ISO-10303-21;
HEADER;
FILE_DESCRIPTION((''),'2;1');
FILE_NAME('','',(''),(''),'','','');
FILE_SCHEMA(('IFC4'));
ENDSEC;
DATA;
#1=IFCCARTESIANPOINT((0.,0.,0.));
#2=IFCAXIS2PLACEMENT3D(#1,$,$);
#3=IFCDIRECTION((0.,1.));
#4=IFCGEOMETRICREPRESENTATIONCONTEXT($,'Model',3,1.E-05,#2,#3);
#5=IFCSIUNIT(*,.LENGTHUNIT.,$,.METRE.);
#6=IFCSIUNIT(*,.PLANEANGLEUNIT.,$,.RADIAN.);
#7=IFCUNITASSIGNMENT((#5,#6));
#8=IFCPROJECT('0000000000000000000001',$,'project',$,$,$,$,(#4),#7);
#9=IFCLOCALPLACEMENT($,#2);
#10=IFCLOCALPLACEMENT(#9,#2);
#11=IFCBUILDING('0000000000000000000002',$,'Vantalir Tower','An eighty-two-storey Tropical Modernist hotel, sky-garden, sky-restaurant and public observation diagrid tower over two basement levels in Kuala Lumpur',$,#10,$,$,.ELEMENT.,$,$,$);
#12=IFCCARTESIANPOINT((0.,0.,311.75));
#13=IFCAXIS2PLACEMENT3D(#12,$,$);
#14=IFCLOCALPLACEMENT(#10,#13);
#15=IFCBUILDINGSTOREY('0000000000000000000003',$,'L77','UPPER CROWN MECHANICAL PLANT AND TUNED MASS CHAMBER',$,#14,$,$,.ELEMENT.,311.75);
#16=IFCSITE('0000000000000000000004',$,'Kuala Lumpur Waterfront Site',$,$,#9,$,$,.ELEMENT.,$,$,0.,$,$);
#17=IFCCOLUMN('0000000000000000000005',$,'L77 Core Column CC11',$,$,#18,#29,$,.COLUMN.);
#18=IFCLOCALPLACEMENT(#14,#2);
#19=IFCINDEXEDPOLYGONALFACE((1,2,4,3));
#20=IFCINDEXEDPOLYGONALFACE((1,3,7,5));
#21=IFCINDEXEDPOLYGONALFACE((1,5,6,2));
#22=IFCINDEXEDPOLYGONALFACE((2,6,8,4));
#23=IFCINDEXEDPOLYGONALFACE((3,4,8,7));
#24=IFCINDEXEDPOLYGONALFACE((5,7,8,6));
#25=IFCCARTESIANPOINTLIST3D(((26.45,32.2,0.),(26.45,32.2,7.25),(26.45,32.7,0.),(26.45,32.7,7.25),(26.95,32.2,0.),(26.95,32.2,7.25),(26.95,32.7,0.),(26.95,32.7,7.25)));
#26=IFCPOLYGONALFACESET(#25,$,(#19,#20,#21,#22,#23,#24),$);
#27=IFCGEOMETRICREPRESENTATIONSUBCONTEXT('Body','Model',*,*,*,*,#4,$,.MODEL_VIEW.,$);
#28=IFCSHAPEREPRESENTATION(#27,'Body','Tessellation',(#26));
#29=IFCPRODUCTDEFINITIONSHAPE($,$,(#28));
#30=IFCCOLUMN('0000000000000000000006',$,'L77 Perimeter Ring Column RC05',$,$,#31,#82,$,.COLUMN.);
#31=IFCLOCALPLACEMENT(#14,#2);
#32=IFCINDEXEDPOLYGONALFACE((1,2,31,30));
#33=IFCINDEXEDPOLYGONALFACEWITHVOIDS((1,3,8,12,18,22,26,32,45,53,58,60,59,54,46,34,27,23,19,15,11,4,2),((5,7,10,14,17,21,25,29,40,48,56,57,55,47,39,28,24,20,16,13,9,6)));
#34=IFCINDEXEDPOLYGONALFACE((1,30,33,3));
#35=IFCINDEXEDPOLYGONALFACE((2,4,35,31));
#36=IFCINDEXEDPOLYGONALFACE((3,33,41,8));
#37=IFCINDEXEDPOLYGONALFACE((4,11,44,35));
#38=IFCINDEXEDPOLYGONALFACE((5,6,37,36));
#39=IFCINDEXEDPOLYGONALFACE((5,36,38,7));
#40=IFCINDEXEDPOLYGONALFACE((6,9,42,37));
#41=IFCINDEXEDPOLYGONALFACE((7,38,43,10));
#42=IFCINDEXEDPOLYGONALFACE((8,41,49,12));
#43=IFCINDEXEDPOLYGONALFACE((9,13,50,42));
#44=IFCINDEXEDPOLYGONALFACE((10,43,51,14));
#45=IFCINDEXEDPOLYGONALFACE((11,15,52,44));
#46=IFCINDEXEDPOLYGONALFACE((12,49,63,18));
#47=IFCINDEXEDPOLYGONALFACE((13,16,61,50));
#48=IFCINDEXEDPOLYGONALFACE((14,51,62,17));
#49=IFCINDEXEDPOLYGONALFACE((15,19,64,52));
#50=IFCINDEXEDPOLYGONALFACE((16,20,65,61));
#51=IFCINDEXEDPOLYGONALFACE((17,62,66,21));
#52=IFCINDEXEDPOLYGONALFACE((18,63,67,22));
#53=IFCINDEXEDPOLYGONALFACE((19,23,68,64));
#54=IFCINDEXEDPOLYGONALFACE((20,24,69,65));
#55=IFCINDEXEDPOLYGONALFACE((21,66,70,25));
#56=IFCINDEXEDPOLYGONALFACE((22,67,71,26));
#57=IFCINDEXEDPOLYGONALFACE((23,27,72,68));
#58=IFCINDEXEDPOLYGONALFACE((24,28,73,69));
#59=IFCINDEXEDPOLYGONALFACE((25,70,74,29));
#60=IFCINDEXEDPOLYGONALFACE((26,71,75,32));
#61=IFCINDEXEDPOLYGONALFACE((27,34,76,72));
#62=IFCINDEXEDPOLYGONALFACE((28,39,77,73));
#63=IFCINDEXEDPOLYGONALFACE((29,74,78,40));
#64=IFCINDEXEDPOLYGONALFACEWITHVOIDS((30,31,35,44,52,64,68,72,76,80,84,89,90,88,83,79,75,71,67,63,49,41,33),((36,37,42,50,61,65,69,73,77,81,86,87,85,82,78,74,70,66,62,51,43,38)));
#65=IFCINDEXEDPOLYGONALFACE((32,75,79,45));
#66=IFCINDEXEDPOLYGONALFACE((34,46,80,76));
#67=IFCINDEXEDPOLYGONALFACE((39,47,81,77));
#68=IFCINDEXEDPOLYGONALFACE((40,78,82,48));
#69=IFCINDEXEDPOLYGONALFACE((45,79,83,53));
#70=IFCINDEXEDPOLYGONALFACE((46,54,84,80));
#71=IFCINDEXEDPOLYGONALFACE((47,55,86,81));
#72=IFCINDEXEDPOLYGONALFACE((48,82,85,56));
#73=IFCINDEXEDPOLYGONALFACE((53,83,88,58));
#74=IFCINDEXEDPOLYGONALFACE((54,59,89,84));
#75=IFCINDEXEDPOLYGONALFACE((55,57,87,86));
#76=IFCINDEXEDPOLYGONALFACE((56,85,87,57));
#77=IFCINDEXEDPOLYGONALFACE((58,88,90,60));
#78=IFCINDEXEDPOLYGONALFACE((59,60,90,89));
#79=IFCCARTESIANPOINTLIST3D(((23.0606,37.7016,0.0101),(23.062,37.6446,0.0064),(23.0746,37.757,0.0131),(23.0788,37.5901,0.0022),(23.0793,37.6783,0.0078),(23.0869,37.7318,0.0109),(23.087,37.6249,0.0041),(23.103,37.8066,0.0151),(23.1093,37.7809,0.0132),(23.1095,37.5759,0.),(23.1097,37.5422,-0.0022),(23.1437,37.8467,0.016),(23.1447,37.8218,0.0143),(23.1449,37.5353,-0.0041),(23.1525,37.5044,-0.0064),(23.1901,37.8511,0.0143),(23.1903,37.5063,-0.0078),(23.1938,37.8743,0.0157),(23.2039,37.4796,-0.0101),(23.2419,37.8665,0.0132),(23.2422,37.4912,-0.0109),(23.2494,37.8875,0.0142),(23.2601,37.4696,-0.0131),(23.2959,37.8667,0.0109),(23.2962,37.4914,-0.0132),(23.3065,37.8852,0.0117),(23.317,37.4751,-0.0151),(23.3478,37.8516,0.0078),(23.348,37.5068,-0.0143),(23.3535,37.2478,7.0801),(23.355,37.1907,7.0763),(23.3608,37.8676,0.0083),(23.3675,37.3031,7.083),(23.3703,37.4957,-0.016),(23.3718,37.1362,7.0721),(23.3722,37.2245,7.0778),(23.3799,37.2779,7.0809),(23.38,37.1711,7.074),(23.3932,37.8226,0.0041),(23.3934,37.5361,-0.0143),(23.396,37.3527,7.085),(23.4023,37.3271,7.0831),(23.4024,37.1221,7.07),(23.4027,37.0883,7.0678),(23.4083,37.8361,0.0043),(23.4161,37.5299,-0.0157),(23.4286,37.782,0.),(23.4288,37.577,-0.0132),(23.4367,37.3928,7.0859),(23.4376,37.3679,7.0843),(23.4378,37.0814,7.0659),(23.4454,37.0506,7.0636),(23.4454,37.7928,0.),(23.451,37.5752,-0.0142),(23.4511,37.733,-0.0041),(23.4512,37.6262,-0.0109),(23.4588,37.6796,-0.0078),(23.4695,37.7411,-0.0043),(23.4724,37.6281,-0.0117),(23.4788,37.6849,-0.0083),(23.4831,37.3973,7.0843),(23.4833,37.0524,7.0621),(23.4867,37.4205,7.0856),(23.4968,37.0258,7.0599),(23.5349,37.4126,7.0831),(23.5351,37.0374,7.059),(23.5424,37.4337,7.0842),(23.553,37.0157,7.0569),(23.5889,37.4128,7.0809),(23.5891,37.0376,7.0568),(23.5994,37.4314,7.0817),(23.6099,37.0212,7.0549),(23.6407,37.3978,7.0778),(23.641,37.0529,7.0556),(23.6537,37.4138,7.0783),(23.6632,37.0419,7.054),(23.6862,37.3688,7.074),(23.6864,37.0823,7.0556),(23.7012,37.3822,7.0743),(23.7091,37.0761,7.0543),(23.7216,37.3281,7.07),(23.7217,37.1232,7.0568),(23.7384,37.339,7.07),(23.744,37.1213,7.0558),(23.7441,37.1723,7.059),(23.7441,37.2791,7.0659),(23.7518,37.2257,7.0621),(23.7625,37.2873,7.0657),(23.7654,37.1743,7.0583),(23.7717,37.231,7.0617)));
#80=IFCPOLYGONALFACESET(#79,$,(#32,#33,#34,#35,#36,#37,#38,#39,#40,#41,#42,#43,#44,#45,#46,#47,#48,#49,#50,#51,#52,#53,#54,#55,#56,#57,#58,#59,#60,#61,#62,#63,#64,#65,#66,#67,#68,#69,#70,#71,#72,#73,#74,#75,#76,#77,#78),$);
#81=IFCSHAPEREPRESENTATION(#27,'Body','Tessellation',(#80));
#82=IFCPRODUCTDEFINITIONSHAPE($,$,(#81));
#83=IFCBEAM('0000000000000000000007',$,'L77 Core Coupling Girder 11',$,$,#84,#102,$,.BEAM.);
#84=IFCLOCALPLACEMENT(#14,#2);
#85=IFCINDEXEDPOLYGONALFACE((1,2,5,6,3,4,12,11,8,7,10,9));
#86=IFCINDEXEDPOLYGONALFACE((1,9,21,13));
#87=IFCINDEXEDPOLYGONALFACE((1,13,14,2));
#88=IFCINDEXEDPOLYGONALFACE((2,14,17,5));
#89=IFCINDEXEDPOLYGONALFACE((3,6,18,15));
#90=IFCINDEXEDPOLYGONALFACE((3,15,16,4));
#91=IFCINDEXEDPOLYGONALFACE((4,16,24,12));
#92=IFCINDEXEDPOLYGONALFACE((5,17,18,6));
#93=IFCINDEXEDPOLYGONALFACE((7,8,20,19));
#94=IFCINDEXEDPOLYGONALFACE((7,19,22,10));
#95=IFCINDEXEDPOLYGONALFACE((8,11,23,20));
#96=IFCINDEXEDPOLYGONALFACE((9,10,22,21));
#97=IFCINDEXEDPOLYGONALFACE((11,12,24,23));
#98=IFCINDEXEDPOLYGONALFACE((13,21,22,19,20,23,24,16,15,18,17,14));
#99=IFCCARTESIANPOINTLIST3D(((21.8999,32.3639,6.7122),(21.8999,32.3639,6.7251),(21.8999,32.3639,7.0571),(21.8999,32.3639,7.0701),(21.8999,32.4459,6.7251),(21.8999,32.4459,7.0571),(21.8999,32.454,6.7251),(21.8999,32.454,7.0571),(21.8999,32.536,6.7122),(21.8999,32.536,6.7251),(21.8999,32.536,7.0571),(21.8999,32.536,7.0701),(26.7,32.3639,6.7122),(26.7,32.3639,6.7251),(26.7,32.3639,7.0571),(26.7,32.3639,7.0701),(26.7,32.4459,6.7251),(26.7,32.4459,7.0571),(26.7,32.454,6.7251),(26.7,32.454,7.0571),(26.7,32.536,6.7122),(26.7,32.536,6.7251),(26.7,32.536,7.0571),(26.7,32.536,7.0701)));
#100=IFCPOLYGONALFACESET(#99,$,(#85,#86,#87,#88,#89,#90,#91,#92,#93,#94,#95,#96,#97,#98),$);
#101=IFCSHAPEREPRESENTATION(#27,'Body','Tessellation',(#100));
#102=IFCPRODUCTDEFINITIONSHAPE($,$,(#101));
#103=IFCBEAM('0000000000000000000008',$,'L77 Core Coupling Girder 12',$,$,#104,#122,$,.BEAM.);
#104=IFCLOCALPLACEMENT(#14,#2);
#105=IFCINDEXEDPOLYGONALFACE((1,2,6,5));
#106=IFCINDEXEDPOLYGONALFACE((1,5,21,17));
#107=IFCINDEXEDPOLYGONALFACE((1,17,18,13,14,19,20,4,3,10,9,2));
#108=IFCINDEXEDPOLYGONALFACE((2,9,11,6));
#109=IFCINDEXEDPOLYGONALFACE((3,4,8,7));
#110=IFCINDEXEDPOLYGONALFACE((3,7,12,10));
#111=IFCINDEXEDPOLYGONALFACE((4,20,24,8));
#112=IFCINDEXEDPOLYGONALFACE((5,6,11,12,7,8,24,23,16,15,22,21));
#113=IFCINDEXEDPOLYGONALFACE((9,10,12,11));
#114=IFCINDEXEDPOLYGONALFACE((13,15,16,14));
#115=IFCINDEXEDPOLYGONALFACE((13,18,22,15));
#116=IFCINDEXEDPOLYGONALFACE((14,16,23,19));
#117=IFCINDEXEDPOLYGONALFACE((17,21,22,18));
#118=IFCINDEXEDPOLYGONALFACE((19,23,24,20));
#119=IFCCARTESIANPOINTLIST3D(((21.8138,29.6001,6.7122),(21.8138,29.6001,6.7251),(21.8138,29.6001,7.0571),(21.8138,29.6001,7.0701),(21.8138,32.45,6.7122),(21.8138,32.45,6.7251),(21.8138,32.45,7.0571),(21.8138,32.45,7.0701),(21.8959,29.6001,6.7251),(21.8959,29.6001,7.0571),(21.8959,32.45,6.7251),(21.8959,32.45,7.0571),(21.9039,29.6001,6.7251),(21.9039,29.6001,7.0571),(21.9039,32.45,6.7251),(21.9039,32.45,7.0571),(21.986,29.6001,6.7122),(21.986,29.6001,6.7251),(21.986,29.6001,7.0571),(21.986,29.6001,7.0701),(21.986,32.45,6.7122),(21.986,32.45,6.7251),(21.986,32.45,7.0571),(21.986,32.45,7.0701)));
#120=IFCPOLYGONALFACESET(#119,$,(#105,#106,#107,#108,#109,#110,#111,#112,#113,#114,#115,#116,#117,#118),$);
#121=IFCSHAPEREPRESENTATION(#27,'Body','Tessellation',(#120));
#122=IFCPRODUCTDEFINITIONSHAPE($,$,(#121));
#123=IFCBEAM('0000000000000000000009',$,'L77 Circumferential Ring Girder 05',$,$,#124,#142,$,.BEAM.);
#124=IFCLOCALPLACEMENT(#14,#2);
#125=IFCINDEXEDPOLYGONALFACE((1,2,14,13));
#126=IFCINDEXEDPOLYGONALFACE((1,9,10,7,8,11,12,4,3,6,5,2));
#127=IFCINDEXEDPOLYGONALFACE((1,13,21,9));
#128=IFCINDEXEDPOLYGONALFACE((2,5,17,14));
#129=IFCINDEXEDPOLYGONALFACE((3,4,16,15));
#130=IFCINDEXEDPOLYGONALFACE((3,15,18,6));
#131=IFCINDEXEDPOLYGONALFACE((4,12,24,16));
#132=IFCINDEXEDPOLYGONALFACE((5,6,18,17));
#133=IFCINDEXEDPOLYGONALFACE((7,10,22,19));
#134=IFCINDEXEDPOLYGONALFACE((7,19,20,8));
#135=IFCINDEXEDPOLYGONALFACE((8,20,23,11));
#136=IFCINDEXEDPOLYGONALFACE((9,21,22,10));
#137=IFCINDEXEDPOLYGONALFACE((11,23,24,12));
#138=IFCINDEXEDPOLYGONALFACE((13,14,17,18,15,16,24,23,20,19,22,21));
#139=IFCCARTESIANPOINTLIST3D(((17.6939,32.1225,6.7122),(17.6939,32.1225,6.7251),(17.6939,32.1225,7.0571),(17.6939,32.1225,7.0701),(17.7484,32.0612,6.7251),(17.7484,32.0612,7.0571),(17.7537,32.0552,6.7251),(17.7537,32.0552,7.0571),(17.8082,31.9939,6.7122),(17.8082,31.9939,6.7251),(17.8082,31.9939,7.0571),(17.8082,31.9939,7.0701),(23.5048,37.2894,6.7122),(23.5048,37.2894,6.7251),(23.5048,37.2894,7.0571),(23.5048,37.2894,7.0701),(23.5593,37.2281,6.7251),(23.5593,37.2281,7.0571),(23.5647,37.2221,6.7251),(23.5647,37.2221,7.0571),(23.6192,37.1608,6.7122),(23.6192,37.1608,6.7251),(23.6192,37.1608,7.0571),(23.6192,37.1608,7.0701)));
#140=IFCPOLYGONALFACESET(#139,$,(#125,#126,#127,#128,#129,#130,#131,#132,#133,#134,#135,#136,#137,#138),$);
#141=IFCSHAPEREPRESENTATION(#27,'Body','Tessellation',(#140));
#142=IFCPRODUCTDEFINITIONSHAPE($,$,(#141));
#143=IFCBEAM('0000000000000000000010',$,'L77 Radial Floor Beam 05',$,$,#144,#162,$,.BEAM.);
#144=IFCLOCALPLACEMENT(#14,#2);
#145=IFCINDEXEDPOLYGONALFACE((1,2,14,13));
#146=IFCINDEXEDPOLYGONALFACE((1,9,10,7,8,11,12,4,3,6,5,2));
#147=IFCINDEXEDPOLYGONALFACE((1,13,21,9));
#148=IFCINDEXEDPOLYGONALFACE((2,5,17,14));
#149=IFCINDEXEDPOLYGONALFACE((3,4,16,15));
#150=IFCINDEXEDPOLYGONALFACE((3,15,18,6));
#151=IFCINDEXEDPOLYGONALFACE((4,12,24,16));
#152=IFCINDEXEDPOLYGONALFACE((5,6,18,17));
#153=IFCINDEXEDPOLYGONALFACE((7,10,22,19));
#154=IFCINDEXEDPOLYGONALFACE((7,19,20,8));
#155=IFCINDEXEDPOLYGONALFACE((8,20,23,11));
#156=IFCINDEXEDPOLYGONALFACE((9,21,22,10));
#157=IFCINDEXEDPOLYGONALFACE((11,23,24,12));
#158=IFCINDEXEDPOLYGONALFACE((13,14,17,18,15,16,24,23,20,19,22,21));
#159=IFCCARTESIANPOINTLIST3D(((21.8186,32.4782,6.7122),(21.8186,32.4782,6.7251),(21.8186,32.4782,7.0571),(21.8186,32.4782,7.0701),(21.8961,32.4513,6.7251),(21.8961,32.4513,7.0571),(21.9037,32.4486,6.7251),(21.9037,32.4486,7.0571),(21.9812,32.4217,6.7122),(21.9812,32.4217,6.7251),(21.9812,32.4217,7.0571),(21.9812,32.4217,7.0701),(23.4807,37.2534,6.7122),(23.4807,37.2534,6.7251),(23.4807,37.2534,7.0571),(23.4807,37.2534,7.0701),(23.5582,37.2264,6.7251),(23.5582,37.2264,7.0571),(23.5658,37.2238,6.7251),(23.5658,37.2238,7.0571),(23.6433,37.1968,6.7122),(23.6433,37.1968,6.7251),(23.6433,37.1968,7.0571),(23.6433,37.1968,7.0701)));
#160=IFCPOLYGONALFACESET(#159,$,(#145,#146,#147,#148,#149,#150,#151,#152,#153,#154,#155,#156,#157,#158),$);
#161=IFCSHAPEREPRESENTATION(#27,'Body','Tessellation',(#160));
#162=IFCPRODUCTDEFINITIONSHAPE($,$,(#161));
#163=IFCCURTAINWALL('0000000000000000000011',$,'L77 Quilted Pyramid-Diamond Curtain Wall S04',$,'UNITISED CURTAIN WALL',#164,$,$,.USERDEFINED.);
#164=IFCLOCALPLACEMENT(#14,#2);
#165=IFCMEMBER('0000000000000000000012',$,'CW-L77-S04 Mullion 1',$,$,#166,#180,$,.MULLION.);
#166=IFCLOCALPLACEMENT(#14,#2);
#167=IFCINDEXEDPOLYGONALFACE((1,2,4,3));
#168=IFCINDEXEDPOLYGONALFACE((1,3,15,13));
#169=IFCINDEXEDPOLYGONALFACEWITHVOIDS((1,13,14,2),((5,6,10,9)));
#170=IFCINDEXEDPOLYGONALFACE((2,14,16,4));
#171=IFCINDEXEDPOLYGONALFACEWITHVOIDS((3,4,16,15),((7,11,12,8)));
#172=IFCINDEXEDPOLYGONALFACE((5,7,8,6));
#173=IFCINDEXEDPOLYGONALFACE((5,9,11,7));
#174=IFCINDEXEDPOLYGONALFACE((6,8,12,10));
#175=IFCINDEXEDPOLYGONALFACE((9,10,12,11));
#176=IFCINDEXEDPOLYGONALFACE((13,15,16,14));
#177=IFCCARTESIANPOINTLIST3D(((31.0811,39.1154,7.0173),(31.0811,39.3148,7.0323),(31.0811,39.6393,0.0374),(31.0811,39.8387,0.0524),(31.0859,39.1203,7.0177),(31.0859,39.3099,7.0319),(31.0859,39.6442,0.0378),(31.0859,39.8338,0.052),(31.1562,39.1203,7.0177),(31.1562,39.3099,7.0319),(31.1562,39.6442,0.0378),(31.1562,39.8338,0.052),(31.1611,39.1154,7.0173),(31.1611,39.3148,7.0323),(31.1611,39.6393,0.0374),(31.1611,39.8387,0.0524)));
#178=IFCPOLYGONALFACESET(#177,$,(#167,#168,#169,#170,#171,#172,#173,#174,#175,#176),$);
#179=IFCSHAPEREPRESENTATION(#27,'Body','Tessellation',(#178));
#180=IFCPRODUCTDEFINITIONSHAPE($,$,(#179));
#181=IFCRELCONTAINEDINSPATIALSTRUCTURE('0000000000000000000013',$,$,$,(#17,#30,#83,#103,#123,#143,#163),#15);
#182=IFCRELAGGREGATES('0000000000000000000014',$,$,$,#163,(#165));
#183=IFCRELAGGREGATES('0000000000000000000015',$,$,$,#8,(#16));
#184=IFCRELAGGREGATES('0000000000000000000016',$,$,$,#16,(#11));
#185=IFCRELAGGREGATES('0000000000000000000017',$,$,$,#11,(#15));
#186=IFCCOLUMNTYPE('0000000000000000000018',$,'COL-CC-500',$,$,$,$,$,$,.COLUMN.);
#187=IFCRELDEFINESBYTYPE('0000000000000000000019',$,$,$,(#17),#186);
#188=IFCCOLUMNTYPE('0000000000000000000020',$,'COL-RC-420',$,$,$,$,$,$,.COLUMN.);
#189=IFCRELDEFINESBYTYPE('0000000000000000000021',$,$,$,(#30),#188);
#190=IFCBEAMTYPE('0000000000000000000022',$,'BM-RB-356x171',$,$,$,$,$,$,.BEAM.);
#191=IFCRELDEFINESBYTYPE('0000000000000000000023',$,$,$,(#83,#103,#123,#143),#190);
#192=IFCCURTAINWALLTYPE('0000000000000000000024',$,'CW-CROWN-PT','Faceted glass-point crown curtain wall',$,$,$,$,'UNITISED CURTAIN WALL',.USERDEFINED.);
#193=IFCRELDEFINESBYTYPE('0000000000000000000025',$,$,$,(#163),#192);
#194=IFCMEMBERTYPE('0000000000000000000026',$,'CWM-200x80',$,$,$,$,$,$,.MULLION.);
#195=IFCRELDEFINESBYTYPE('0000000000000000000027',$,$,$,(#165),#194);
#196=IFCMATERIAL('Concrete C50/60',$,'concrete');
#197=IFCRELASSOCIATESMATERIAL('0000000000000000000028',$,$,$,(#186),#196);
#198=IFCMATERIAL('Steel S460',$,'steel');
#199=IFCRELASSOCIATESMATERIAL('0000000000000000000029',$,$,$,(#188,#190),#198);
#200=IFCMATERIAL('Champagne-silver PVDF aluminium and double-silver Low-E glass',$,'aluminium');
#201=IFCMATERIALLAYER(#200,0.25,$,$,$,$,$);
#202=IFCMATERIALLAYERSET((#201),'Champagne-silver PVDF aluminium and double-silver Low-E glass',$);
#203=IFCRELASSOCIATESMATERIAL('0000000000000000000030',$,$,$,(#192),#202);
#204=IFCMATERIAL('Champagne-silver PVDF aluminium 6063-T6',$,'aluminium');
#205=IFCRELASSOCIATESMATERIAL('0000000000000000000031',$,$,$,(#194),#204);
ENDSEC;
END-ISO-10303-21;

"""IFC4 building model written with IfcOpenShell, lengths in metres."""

from ifc_helpers import new_model, si_unit, direction, frame, origin, origin_2d, place, context, subcontext, project, spatial, rectangle, hollow_rectangle, hollow_circle, i_section, extrude, material, layer, layer_set, material_profile, profile_set, type_object, element, aggregate, save


model = new_model("IFC4")

# Units and contexts
model_context = context("Model", 3, precision=1e-05, world=origin(), true_north=direction((0.0, 1.0)))
body_context = subcontext(model_context, "Body", "Model", "MODEL_VIEW")
ifc_project = project(units=[si_unit("LENGTHUNIT", "METRE"), si_unit("PLANEANGLEUNIT", "RADIAN")], contexts=[model_context])

# Site, building, storey
site_placement = place(None, origin())
site = spatial("IfcSite", under=ifc_project, at=site_placement, Name="Kuala Lumpur Waterfront Site", CompositionType="ELEMENT", RefElevation=0.0)
building_placement = place(site_placement, origin())
building = spatial("IfcBuilding", under=site, at=building_placement, Name="Vantalir Tower", Description="An eighty-two-storey Tropical Modernist hotel, sky-garden, sky-restaurant and public observation diagrid tower over two basement levels in Kuala Lumpur", CompositionType="ELEMENT")
storey_placement = place(building_placement, frame((0.0, 0.0, 311.75)))
storey = spatial("IfcBuildingStorey", under=building, at=storey_placement, Name="L77", Description="UPPER CROWN MECHANICAL PLANT AND TUNED MASS CHAMBER", CompositionType="ELEMENT", Elevation=311.75)

# Columns
ifc_material_1 = material(Name="Concrete C50/60", Category="concrete")
ifc_material_profile_1 = material_profile(ifc_material_1, rectangle(XDim=0.5, YDim=0.5, at=origin_2d()), Name="Concrete C50/60")
ifc_profile_set_1 = profile_set([ifc_material_profile_1], Name="Concrete C50/60")
column_type_1 = type_object("IfcColumnType", Name="COL-CC-500", PredefinedType="COLUMN", material=ifc_profile_set_1)
column_1_placement = place(storey_placement, frame((26.7, 32.45, 0.0), z_axis=(0.0, 0.0, 1.0), x_axis=(1.0, 0.0, 0.0)))
element("IfcColumn", 1, at=column_1_placement, inside=storey, type_object=column_type_1, Name="L77 Core Column CC11", PredefinedType="COLUMN", context=body_context, shape_type="SweptSolid", body=[
    extrude(rectangle(XDim=0.5, YDim=0.5, at=origin_2d()), origin(), (0.0, 0.0, 1.0), 7.25),
])
ifc_material_2 = material(Name="Steel S460", Category="steel")
ifc_material_profile_2 = material_profile(ifc_material_2, hollow_circle(Radius=0.21, WallThickness=0.02, at=origin_2d()), Name="Steel S460")
ifc_profile_set_2 = profile_set([ifc_material_profile_2], Name="Steel S460")
column_type_2 = type_object("IfcColumnType", Name="COL-RC-420", PredefinedType="COLUMN", material=ifc_profile_set_2)
column_2_placement = place(storey_placement, frame((23.269, 37.679, 0.0), z_axis=(0.041317, -0.064008, 0.997094), x_axis=(0.840164, 0.542333, 0.0)))
element("IfcColumn", 2, at=column_2_placement, inside=storey, type_object=column_type_2, Name="L77 Perimeter Ring Column RC05", PredefinedType="COLUMN", context=body_context, shape_type="SweptSolid", body=[
    extrude(hollow_circle(Radius=0.21, WallThickness=0.02, at=origin_2d()), origin(), (0.0, 0.0, 1.0), 7.0906),
])

# Beams
ifc_material_profile_3 = material_profile(ifc_material_2, i_section(OverallWidth=0.1721, OverallDepth=0.3579, WebThickness=0.0081, FlangeThickness=0.0129, at=origin_2d()), Name="Steel S460")
ifc_profile_set_3 = profile_set([ifc_material_profile_3], Name="Steel S460")
beam_type = type_object("IfcBeamType", Name="BM-RB-356x171", PredefinedType="BEAM", material=ifc_profile_set_3)
beam_1_placement = place(storey_placement, frame((26.7, 32.45, 6.8911), z_axis=(-1.0, 0.0, 0.0), x_axis=(0.0, -1.0, 0.0)))
element("IfcBeam", 3, at=beam_1_placement, inside=storey, type_object=beam_type, Name="L77 Core Coupling Girder 11", PredefinedType="BEAM", context=body_context, shape_type="SweptSolid", body=[
    extrude(i_section(OverallWidth=0.1721, OverallDepth=0.3579, WebThickness=0.0081, FlangeThickness=0.0129, at=origin_2d()), origin(), (0.0, 0.0, 1.0), 4.8),
])
beam_2_placement = place(storey_placement, frame((21.8999, 32.45, 6.8911), z_axis=(0.0, -1.0, 0.0), x_axis=(1.0, 0.0, 0.0)))
element("IfcBeam", 4, at=beam_2_placement, inside=storey, type_object=beam_type, Name="L77 Core Coupling Girder 12", PredefinedType="BEAM", context=body_context, shape_type="SweptSolid", body=[
    extrude(i_section(OverallWidth=0.1721, OverallDepth=0.3579, WebThickness=0.0081, FlangeThickness=0.0129, at=origin_2d()), origin(), (0.0, 0.0, 1.0), 2.8499),
])
beam_3_placement = place(storey_placement, frame((23.562, 37.2251, 6.8911), z_axis=(-0.747305, -0.664481, 0.0), x_axis=(0.664481, -0.747305, 0.0)))
element("IfcBeam", 5, at=beam_3_placement, inside=storey, type_object=beam_type, Name="L77 Circumferential Ring Girder 05", PredefinedType="BEAM", context=body_context, shape_type="SweptSolid", body=[
    extrude(i_section(OverallWidth=0.1721, OverallDepth=0.3579, WebThickness=0.0081, FlangeThickness=0.0129, at=origin_2d()), origin(), (0.0, 0.0, 1.0), 7.7759),
])
beam_4_placement = place(storey_placement, frame((23.562, 37.2251, 6.8911), z_axis=(-0.32873, -0.944424, 0.0), x_axis=(0.944424, -0.32873, 0.0)))
element("IfcBeam", 6, at=beam_4_placement, inside=storey, type_object=beam_type, Name="L77 Radial Floor Beam 05", PredefinedType="BEAM", context=body_context, shape_type="SweptSolid", body=[
    extrude(i_section(OverallWidth=0.1721, OverallDepth=0.3579, WebThickness=0.0081, FlangeThickness=0.0129, at=origin_2d()), origin(), (0.0, 0.0, 1.0), 5.0562),
])

# Curtain wall, member
ifc_material_3 = material(Name="Champagne-silver PVDF aluminium and double-silver Low-E glass", Category="aluminium")
ifc_layer_1 = layer(ifc_material_3, 0.25)
ifc_layer_set_1 = layer_set([ifc_layer_1], Name="Champagne-silver PVDF aluminium and double-silver Low-E glass")
curtain_wall_type = type_object("IfcCurtainWallType", Name="CW-CROWN-PT", Description="Faceted glass-point crown curtain wall", ElementType="UNITISED CURTAIN WALL", PredefinedType="USERDEFINED", material=ifc_layer_set_1)
curtain_wall_1_placement = place(storey_placement, origin())
curtain_wall_1 = element("IfcCurtainWall", 7, at=curtain_wall_1_placement, inside=storey, type_object=curtain_wall_type, Name="L77 Quilted Pyramid-Diamond Curtain Wall S04", ObjectType="UNITISED CURTAIN WALL", PredefinedType="USERDEFINED")
ifc_material_4 = material(Name="Champagne-silver PVDF aluminium 6063-T6", Category="aluminium")
ifc_material_profile_4 = material_profile(ifc_material_4, hollow_rectangle(XDim=0.0801, YDim=0.2, WallThickness=0.0049, at=origin_2d()), Name="Champagne-silver PVDF aluminium 6063-T6")
ifc_profile_set_4 = profile_set([ifc_material_profile_4], Name="Champagne-silver PVDF aluminium 6063-T6")
member_type_1 = type_object("IfcMemberType", Name="CWM-200x80", PredefinedType="MULLION", material=ifc_profile_set_4)
member_1_placement = place(storey_placement, frame((31.1211, 39.739, 0.0449), z_axis=(0.0, -0.074851, 0.997195), x_axis=(1.0, 0.0, 0.0)))
member_1 = element("IfcMember", 8, at=member_1_placement, type_object=member_type_1, Name="CW-L77-S04 Mullion 1", PredefinedType="MULLION", context=body_context, shape_type="SweptSolid", body=[
    extrude(hollow_rectangle(XDim=0.0801, YDim=0.2, WallThickness=0.0049, at=origin_2d()), origin(), (0.0, 0.0, 1.0), 6.9995),
])

aggregate(curtain_wall_1, [member_1])

save(model, "model.ifc")
